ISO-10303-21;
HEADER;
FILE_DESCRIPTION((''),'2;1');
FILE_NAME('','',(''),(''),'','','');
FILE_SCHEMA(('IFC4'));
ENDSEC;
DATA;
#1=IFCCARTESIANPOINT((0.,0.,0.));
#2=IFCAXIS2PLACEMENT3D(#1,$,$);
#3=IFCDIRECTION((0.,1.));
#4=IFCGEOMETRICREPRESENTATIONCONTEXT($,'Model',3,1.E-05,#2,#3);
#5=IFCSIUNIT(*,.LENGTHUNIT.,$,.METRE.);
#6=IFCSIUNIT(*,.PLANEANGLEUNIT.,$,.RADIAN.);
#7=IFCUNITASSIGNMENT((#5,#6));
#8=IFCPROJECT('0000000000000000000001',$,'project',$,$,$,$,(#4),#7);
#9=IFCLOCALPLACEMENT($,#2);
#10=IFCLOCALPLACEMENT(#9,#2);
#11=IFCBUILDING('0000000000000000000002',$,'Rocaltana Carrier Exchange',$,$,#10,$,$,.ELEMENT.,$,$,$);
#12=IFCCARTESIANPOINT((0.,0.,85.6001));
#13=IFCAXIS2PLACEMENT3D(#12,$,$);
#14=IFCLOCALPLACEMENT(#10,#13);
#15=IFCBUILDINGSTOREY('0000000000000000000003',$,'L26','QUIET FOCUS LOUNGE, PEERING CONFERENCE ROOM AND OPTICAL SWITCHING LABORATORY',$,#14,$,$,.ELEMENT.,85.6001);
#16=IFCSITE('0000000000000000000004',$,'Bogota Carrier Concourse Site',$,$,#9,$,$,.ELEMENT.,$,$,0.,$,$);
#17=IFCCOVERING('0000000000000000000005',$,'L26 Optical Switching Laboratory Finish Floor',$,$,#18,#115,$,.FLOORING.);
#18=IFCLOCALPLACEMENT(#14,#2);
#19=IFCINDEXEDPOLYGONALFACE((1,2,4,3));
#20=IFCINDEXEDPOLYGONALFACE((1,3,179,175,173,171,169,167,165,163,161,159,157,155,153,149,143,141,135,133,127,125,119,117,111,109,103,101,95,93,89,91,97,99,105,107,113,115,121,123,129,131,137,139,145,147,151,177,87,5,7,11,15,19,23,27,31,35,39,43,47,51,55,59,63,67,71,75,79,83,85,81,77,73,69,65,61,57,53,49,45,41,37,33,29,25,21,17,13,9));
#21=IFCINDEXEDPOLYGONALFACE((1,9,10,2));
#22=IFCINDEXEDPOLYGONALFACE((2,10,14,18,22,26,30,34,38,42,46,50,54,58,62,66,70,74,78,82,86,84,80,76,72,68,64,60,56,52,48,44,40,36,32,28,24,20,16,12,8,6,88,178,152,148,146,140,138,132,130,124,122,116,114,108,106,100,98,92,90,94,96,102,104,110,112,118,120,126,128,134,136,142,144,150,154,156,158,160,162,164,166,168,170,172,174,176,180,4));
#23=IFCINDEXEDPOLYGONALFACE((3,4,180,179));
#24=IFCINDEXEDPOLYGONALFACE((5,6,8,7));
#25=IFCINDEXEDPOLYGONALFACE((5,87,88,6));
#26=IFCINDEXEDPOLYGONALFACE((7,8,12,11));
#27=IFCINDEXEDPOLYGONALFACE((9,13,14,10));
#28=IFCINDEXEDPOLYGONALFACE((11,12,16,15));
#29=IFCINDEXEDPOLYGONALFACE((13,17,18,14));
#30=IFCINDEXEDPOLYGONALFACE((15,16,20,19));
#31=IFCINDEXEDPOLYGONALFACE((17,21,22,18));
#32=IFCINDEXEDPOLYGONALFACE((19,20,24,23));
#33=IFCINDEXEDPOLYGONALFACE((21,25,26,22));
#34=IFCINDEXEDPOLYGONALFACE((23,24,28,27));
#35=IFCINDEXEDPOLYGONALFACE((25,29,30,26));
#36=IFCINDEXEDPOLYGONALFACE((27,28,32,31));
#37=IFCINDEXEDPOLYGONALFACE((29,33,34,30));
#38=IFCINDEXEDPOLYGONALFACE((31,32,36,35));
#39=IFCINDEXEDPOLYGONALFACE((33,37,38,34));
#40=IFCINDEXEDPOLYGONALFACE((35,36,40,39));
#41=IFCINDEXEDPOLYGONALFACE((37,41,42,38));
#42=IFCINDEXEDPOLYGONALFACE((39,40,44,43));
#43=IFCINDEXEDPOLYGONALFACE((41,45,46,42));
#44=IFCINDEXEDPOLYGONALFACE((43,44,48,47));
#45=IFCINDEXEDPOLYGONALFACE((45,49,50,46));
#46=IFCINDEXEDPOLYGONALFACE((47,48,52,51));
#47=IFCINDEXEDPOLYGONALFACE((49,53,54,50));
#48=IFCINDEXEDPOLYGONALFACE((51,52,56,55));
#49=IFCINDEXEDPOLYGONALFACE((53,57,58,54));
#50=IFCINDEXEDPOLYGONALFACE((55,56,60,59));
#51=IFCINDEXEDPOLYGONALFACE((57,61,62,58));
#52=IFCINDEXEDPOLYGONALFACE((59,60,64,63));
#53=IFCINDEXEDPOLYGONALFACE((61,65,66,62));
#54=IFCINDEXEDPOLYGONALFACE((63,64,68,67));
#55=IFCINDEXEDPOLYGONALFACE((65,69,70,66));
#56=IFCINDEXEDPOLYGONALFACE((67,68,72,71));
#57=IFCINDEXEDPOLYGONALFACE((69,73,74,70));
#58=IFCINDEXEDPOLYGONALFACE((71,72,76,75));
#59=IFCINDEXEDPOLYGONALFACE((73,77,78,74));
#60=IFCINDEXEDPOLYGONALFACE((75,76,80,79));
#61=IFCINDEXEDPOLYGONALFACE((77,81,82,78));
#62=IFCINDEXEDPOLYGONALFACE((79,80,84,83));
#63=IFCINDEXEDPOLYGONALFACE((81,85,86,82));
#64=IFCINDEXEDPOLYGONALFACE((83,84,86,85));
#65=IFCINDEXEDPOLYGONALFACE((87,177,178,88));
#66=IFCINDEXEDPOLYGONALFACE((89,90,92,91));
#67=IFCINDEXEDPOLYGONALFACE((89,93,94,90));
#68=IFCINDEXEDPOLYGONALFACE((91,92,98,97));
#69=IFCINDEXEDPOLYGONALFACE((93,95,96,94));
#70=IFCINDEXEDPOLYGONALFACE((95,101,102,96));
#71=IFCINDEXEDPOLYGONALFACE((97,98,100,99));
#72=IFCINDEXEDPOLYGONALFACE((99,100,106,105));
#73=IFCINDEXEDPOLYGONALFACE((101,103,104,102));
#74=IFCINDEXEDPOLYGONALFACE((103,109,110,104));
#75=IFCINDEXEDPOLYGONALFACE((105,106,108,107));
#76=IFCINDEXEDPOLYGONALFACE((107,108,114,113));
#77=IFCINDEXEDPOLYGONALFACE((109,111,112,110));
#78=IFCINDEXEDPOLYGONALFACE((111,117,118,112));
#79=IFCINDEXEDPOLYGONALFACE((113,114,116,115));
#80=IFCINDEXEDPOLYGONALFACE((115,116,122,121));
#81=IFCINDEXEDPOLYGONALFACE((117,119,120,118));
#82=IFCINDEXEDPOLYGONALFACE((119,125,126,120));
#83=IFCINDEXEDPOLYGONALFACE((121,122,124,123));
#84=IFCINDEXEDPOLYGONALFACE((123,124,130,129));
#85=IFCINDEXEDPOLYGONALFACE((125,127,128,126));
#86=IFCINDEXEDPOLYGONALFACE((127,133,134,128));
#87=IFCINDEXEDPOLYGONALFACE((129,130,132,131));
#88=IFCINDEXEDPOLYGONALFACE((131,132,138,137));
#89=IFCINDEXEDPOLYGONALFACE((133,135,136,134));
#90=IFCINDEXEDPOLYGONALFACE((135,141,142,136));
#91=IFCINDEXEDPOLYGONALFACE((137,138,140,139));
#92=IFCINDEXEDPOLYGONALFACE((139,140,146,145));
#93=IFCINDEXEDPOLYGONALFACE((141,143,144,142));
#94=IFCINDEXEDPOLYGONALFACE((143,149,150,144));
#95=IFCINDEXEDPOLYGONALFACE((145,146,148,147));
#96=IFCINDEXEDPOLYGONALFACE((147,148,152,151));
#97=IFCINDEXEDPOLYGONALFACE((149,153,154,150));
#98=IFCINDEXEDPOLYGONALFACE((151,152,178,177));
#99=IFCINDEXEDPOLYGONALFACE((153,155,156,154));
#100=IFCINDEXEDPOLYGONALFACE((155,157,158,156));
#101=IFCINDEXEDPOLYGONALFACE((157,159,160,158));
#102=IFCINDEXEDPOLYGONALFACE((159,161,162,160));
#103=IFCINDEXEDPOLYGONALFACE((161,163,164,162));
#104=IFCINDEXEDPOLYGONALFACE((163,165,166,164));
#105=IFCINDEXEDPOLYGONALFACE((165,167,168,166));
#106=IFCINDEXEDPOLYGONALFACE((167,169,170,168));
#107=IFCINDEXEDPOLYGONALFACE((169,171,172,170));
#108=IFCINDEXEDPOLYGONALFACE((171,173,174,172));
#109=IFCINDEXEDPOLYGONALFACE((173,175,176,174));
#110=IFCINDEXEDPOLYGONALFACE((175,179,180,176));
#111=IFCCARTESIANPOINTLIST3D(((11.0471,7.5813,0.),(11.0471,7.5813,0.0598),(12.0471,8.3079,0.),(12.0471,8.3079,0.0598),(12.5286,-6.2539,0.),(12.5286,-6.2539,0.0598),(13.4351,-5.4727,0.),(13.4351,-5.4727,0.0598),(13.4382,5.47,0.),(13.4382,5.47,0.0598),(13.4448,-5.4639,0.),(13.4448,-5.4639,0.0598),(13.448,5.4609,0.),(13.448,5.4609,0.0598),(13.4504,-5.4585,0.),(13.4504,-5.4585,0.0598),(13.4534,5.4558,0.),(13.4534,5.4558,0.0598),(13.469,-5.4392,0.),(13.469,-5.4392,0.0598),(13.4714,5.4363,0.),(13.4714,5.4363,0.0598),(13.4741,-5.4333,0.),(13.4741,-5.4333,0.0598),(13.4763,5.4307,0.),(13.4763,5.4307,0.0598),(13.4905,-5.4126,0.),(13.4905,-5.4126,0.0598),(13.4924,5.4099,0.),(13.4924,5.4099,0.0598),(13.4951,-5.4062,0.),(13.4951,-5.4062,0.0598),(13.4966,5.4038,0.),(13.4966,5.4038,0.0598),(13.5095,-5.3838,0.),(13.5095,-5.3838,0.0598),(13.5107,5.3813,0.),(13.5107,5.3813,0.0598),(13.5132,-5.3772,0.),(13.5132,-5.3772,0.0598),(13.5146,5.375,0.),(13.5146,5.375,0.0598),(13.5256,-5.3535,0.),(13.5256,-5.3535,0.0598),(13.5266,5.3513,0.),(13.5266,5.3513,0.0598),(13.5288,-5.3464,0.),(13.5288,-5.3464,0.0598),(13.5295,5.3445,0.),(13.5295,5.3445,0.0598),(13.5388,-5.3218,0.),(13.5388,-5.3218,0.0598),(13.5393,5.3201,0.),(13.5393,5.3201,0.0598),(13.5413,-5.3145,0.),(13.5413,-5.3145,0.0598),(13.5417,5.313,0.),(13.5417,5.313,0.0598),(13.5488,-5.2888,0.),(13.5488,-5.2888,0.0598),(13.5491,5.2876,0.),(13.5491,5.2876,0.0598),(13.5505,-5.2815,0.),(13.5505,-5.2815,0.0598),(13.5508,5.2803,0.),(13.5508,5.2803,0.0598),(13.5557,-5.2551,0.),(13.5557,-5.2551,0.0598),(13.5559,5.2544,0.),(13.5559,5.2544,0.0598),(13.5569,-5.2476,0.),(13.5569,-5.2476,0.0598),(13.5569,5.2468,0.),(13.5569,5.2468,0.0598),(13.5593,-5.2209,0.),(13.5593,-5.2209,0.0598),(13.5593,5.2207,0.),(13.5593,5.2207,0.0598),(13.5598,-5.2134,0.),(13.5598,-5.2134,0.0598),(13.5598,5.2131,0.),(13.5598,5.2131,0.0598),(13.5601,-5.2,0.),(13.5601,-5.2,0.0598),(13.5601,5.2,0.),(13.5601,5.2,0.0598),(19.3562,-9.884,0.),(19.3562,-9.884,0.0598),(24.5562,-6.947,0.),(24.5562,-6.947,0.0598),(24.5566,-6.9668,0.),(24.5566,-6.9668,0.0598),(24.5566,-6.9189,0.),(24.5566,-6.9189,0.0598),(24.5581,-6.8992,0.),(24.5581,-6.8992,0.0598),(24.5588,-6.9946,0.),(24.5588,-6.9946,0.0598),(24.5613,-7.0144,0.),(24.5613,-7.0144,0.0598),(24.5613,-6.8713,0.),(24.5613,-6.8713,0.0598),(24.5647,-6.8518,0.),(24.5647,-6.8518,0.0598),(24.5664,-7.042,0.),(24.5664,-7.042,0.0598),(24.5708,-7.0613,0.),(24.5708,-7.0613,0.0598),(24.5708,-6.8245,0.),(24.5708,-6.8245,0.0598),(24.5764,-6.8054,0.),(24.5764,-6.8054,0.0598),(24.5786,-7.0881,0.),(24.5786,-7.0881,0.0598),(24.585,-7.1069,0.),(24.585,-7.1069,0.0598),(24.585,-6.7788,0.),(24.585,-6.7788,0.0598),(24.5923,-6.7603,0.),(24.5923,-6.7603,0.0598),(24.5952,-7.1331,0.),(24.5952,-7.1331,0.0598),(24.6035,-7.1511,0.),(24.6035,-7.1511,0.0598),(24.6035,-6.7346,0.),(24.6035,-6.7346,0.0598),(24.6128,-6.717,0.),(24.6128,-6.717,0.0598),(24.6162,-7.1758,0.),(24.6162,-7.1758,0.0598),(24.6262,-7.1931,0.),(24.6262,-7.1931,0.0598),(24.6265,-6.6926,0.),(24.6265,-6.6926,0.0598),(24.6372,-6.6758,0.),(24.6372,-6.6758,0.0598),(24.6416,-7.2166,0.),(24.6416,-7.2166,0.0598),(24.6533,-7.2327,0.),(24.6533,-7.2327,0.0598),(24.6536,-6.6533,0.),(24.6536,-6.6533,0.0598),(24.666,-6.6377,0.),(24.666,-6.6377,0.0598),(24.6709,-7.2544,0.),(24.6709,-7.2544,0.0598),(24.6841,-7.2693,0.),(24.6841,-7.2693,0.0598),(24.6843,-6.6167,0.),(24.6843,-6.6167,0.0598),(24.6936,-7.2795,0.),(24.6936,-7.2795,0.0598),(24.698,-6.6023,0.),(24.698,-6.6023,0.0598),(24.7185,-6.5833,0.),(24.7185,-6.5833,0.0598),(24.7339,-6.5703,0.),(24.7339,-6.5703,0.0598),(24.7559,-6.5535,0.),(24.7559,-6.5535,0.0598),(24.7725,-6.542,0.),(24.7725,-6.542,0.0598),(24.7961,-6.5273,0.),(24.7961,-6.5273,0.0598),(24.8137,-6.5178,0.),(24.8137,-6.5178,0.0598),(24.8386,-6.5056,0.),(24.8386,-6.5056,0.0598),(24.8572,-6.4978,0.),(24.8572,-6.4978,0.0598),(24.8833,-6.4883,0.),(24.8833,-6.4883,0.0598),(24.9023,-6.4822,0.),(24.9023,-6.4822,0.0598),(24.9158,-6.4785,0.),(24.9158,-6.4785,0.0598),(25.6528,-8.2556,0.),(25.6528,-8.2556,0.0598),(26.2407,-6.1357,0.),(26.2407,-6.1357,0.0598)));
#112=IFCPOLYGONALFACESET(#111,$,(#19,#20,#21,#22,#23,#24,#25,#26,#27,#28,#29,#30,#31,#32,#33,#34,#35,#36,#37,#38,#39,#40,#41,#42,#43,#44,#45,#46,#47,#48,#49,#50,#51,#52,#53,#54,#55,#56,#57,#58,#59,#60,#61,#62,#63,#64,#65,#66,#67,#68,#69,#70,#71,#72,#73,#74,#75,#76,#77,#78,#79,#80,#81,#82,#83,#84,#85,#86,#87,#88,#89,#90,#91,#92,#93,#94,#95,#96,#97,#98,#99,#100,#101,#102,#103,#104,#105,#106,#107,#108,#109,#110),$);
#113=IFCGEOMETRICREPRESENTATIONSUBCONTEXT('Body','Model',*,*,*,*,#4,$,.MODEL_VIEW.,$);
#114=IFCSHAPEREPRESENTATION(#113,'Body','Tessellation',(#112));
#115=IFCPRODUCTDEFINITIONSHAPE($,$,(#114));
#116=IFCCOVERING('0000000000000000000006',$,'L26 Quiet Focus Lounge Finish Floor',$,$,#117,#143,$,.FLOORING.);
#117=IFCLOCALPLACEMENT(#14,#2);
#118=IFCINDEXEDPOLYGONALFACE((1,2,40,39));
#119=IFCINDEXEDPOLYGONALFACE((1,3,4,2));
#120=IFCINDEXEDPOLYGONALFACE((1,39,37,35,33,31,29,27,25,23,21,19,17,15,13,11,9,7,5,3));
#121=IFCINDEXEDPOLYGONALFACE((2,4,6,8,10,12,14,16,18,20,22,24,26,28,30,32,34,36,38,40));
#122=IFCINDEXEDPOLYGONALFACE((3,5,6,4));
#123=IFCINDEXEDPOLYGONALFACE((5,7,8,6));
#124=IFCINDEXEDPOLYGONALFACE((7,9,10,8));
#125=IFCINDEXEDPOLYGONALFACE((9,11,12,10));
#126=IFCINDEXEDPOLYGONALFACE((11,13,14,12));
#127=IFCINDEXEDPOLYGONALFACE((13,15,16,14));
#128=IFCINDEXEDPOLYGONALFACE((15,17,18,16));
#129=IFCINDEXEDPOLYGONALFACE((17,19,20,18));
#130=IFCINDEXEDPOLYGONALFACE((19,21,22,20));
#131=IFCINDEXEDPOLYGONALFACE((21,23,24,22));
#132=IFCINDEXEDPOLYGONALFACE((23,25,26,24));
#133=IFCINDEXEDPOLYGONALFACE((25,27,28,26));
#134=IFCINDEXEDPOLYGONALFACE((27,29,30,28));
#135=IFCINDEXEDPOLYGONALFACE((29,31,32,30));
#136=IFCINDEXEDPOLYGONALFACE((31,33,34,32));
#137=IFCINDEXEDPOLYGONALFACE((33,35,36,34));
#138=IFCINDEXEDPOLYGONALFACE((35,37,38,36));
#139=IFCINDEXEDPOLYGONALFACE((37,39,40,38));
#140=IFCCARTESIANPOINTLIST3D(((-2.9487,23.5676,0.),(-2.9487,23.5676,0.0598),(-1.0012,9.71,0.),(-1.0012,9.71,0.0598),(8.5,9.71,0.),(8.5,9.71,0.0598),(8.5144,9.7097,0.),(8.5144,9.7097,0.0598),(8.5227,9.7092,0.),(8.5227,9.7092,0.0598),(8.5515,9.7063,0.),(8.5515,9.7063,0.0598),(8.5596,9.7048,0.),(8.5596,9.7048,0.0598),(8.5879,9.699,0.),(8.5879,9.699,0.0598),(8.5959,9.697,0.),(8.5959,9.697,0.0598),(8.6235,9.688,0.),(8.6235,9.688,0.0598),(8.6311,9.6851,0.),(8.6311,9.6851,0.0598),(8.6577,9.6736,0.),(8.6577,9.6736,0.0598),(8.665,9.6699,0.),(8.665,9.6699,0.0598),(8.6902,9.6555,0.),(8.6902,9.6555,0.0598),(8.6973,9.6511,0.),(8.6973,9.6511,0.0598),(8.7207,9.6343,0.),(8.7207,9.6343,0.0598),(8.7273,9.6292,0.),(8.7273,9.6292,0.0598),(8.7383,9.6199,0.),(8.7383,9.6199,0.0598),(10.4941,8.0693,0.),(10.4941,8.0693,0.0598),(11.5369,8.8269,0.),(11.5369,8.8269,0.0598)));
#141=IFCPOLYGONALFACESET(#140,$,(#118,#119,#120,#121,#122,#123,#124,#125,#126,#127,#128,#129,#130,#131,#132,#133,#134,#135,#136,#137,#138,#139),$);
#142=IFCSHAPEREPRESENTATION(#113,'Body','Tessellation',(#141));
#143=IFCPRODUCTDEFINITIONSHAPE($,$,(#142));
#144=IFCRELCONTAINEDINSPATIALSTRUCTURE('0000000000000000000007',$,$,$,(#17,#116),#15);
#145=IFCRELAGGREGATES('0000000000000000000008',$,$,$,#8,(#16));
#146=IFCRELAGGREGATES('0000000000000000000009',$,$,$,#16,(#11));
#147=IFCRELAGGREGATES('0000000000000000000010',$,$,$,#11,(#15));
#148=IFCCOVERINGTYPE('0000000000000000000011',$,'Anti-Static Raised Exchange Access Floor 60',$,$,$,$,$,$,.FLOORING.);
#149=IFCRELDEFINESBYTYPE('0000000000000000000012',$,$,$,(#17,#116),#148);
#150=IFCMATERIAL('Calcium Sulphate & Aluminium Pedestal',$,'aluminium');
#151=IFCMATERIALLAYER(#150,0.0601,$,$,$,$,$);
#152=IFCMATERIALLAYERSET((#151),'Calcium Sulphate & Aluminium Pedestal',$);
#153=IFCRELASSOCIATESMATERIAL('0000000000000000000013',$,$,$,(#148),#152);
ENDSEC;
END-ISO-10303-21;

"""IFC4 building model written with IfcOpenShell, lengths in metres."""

from ifc_helpers import new_model, si_unit, direction, frame, origin, place, context, subcontext, project, spatial, polyline, outline, extrude, material, layer, layer_set, type_object, element, save


model = new_model("IFC4")

# Units and contexts
model_context = context("Model", 3, precision=1e-05, world=origin(), true_north=direction((0.0, 1.0)))
body_context = subcontext(model_context, "Body", "Model", "MODEL_VIEW")
ifc_project = project(units=[si_unit("LENGTHUNIT", "METRE"), si_unit("PLANEANGLEUNIT", "RADIAN")], contexts=[model_context])

# Site, building, storey
site_placement = place(None, origin())
site = spatial("IfcSite", under=ifc_project, at=site_placement, Name="Bogota Carrier Concourse Site", CompositionType="ELEMENT", RefElevation=0.0)
building_placement = place(site_placement, origin())
building = spatial("IfcBuilding", under=site, at=building_placement, Name="Rocaltana Carrier Exchange", CompositionType="ELEMENT")
storey_placement = place(building_placement, frame((0.0, 0.0, 85.6001)))
storey = spatial("IfcBuildingStorey", under=building, at=storey_placement, Name="L26", Description="QUIET FOCUS LOUNGE, PEERING CONFERENCE ROOM AND OPTICAL SWITCHING LABORATORY", CompositionType="ELEMENT", Elevation=85.6001)

# Coverings
ifc_material_1 = material(Name="Calcium Sulphate & Aluminium Pedestal", Category="aluminium")
ifc_layer_1 = layer(ifc_material_1, 0.0601)
ifc_layer_set_1 = layer_set([ifc_layer_1], Name="Calcium Sulphate & Aluminium Pedestal")
covering_type_1 = type_object("IfcCoveringType", Name="Anti-Static Raised Exchange Access Floor 60", PredefinedType="FLOORING", material=ifc_layer_set_1)
covering_1_placement = place(storey_placement, origin())
element("IfcCovering", 1, at=covering_1_placement, inside=storey, type_object=covering_type_1, Name="L26 Optical Switching Laboratory Finish Floor", PredefinedType="FLOORING", context=body_context, shape_type="SweptSolid", body=[
    extrude(outline(polyline([(26.2407, -6.1357), (24.9158, -6.4785), (24.9023, -6.4822), (24.8833, -6.4883), (24.8572, -6.4978), (24.8386, -6.5056), (24.8137, -6.5178), (24.7961, -6.5273), (24.7725, -6.542), (24.7559, -6.5535), (24.7339, -6.5703), (24.7185, -6.5833), (24.698, -6.6023), (24.6843, -6.6167), (24.666, -6.6377), (24.6536, -6.6533), (24.6372, -6.6758), (24.6265, -6.6926), (24.6128, -6.717), (24.6035, -6.7346), (24.5923, -6.7603), (24.585, -6.7788), (24.5764, -6.8054), (24.5708, -6.8245), (24.5647, -6.8518), (24.5613, -6.8713), (24.5581, -6.8992), (24.5566, -6.9189), (24.5562, -6.947), (24.5566, -6.9668), (24.5588, -6.9946), (24.5613, -7.0144), (24.5664, -7.042), (24.5708, -7.0613), (24.5786, -7.0881), (24.585, -7.1069), (24.5952, -7.1331), (24.6035, -7.1511), (24.6162, -7.1758), (24.6262, -7.1931), (24.6416, -7.2166), (24.6533, -7.2327), (24.6709, -7.2544), (24.6841, -7.2693), (24.6936, -7.2795), (25.6528, -8.2556), (19.3562, -9.884), (12.5286, -6.2539), (13.4351, -5.4727), (13.4448, -5.4639), (13.4504, -5.4585), (13.469, -5.4392), (13.4741, -5.4333), (13.4905, -5.4126), (13.4951, -5.4062), (13.5095, -5.3838), (13.5132, -5.3772), (13.5256, -5.3535), (13.5288, -5.3464), (13.5388, -5.3218), (13.5413, -5.3145), (13.5488, -5.2888), (13.5505, -5.2815), (13.5557, -5.2551), (13.5569, -5.2476), (13.5593, -5.2209), (13.5598, -5.2134), (13.5601, -5.2), (13.5601, 5.2), (13.5598, 5.2131), (13.5593, 5.2207), (13.5569, 5.2468), (13.5559, 5.2544), (13.5508, 5.2803), (13.5491, 5.2876), (13.5417, 5.313), (13.5393, 5.3201), (13.5295, 5.3445), (13.5266, 5.3513), (13.5146, 5.375), (13.5107, 5.3813), (13.4966, 5.4038), (13.4924, 5.4099), (13.4763, 5.4307), (13.4714, 5.4363), (13.4534, 5.4558), (13.448, 5.4609), (13.4382, 5.47), (11.0471, 7.5813), (12.0471, 8.3079), (26.2407, -6.1357)])), origin(), (0.0, 0.0, 1.0), 0.0598),
])
covering_2_placement = place(storey_placement, origin())
element("IfcCovering", 2, at=covering_2_placement, inside=storey, type_object=covering_type_1, Name="L26 Quiet Focus Lounge Finish Floor", PredefinedType="FLOORING", context=body_context, shape_type="SweptSolid", body=[
    extrude(outline(polyline([(11.5369, 8.8269), (10.4941, 8.0693), (8.7383, 9.6199), (8.7273, 9.6292), (8.7207, 9.6343), (8.6973, 9.6511), (8.6902, 9.6555), (8.665, 9.6699), (8.6577, 9.6736), (8.6311, 9.6851), (8.6235, 9.688), (8.5959, 9.697), (8.5879, 9.699), (8.5596, 9.7048), (8.5515, 9.7063), (8.5227, 9.7092), (8.5144, 9.7097), (8.5, 9.71), (-1.0012, 9.71), (-2.9487, 23.5676), (11.5369, 8.8269)])), origin(), (0.0, 0.0, 1.0), 0.0598),
])

save(model, "model.ifc")
